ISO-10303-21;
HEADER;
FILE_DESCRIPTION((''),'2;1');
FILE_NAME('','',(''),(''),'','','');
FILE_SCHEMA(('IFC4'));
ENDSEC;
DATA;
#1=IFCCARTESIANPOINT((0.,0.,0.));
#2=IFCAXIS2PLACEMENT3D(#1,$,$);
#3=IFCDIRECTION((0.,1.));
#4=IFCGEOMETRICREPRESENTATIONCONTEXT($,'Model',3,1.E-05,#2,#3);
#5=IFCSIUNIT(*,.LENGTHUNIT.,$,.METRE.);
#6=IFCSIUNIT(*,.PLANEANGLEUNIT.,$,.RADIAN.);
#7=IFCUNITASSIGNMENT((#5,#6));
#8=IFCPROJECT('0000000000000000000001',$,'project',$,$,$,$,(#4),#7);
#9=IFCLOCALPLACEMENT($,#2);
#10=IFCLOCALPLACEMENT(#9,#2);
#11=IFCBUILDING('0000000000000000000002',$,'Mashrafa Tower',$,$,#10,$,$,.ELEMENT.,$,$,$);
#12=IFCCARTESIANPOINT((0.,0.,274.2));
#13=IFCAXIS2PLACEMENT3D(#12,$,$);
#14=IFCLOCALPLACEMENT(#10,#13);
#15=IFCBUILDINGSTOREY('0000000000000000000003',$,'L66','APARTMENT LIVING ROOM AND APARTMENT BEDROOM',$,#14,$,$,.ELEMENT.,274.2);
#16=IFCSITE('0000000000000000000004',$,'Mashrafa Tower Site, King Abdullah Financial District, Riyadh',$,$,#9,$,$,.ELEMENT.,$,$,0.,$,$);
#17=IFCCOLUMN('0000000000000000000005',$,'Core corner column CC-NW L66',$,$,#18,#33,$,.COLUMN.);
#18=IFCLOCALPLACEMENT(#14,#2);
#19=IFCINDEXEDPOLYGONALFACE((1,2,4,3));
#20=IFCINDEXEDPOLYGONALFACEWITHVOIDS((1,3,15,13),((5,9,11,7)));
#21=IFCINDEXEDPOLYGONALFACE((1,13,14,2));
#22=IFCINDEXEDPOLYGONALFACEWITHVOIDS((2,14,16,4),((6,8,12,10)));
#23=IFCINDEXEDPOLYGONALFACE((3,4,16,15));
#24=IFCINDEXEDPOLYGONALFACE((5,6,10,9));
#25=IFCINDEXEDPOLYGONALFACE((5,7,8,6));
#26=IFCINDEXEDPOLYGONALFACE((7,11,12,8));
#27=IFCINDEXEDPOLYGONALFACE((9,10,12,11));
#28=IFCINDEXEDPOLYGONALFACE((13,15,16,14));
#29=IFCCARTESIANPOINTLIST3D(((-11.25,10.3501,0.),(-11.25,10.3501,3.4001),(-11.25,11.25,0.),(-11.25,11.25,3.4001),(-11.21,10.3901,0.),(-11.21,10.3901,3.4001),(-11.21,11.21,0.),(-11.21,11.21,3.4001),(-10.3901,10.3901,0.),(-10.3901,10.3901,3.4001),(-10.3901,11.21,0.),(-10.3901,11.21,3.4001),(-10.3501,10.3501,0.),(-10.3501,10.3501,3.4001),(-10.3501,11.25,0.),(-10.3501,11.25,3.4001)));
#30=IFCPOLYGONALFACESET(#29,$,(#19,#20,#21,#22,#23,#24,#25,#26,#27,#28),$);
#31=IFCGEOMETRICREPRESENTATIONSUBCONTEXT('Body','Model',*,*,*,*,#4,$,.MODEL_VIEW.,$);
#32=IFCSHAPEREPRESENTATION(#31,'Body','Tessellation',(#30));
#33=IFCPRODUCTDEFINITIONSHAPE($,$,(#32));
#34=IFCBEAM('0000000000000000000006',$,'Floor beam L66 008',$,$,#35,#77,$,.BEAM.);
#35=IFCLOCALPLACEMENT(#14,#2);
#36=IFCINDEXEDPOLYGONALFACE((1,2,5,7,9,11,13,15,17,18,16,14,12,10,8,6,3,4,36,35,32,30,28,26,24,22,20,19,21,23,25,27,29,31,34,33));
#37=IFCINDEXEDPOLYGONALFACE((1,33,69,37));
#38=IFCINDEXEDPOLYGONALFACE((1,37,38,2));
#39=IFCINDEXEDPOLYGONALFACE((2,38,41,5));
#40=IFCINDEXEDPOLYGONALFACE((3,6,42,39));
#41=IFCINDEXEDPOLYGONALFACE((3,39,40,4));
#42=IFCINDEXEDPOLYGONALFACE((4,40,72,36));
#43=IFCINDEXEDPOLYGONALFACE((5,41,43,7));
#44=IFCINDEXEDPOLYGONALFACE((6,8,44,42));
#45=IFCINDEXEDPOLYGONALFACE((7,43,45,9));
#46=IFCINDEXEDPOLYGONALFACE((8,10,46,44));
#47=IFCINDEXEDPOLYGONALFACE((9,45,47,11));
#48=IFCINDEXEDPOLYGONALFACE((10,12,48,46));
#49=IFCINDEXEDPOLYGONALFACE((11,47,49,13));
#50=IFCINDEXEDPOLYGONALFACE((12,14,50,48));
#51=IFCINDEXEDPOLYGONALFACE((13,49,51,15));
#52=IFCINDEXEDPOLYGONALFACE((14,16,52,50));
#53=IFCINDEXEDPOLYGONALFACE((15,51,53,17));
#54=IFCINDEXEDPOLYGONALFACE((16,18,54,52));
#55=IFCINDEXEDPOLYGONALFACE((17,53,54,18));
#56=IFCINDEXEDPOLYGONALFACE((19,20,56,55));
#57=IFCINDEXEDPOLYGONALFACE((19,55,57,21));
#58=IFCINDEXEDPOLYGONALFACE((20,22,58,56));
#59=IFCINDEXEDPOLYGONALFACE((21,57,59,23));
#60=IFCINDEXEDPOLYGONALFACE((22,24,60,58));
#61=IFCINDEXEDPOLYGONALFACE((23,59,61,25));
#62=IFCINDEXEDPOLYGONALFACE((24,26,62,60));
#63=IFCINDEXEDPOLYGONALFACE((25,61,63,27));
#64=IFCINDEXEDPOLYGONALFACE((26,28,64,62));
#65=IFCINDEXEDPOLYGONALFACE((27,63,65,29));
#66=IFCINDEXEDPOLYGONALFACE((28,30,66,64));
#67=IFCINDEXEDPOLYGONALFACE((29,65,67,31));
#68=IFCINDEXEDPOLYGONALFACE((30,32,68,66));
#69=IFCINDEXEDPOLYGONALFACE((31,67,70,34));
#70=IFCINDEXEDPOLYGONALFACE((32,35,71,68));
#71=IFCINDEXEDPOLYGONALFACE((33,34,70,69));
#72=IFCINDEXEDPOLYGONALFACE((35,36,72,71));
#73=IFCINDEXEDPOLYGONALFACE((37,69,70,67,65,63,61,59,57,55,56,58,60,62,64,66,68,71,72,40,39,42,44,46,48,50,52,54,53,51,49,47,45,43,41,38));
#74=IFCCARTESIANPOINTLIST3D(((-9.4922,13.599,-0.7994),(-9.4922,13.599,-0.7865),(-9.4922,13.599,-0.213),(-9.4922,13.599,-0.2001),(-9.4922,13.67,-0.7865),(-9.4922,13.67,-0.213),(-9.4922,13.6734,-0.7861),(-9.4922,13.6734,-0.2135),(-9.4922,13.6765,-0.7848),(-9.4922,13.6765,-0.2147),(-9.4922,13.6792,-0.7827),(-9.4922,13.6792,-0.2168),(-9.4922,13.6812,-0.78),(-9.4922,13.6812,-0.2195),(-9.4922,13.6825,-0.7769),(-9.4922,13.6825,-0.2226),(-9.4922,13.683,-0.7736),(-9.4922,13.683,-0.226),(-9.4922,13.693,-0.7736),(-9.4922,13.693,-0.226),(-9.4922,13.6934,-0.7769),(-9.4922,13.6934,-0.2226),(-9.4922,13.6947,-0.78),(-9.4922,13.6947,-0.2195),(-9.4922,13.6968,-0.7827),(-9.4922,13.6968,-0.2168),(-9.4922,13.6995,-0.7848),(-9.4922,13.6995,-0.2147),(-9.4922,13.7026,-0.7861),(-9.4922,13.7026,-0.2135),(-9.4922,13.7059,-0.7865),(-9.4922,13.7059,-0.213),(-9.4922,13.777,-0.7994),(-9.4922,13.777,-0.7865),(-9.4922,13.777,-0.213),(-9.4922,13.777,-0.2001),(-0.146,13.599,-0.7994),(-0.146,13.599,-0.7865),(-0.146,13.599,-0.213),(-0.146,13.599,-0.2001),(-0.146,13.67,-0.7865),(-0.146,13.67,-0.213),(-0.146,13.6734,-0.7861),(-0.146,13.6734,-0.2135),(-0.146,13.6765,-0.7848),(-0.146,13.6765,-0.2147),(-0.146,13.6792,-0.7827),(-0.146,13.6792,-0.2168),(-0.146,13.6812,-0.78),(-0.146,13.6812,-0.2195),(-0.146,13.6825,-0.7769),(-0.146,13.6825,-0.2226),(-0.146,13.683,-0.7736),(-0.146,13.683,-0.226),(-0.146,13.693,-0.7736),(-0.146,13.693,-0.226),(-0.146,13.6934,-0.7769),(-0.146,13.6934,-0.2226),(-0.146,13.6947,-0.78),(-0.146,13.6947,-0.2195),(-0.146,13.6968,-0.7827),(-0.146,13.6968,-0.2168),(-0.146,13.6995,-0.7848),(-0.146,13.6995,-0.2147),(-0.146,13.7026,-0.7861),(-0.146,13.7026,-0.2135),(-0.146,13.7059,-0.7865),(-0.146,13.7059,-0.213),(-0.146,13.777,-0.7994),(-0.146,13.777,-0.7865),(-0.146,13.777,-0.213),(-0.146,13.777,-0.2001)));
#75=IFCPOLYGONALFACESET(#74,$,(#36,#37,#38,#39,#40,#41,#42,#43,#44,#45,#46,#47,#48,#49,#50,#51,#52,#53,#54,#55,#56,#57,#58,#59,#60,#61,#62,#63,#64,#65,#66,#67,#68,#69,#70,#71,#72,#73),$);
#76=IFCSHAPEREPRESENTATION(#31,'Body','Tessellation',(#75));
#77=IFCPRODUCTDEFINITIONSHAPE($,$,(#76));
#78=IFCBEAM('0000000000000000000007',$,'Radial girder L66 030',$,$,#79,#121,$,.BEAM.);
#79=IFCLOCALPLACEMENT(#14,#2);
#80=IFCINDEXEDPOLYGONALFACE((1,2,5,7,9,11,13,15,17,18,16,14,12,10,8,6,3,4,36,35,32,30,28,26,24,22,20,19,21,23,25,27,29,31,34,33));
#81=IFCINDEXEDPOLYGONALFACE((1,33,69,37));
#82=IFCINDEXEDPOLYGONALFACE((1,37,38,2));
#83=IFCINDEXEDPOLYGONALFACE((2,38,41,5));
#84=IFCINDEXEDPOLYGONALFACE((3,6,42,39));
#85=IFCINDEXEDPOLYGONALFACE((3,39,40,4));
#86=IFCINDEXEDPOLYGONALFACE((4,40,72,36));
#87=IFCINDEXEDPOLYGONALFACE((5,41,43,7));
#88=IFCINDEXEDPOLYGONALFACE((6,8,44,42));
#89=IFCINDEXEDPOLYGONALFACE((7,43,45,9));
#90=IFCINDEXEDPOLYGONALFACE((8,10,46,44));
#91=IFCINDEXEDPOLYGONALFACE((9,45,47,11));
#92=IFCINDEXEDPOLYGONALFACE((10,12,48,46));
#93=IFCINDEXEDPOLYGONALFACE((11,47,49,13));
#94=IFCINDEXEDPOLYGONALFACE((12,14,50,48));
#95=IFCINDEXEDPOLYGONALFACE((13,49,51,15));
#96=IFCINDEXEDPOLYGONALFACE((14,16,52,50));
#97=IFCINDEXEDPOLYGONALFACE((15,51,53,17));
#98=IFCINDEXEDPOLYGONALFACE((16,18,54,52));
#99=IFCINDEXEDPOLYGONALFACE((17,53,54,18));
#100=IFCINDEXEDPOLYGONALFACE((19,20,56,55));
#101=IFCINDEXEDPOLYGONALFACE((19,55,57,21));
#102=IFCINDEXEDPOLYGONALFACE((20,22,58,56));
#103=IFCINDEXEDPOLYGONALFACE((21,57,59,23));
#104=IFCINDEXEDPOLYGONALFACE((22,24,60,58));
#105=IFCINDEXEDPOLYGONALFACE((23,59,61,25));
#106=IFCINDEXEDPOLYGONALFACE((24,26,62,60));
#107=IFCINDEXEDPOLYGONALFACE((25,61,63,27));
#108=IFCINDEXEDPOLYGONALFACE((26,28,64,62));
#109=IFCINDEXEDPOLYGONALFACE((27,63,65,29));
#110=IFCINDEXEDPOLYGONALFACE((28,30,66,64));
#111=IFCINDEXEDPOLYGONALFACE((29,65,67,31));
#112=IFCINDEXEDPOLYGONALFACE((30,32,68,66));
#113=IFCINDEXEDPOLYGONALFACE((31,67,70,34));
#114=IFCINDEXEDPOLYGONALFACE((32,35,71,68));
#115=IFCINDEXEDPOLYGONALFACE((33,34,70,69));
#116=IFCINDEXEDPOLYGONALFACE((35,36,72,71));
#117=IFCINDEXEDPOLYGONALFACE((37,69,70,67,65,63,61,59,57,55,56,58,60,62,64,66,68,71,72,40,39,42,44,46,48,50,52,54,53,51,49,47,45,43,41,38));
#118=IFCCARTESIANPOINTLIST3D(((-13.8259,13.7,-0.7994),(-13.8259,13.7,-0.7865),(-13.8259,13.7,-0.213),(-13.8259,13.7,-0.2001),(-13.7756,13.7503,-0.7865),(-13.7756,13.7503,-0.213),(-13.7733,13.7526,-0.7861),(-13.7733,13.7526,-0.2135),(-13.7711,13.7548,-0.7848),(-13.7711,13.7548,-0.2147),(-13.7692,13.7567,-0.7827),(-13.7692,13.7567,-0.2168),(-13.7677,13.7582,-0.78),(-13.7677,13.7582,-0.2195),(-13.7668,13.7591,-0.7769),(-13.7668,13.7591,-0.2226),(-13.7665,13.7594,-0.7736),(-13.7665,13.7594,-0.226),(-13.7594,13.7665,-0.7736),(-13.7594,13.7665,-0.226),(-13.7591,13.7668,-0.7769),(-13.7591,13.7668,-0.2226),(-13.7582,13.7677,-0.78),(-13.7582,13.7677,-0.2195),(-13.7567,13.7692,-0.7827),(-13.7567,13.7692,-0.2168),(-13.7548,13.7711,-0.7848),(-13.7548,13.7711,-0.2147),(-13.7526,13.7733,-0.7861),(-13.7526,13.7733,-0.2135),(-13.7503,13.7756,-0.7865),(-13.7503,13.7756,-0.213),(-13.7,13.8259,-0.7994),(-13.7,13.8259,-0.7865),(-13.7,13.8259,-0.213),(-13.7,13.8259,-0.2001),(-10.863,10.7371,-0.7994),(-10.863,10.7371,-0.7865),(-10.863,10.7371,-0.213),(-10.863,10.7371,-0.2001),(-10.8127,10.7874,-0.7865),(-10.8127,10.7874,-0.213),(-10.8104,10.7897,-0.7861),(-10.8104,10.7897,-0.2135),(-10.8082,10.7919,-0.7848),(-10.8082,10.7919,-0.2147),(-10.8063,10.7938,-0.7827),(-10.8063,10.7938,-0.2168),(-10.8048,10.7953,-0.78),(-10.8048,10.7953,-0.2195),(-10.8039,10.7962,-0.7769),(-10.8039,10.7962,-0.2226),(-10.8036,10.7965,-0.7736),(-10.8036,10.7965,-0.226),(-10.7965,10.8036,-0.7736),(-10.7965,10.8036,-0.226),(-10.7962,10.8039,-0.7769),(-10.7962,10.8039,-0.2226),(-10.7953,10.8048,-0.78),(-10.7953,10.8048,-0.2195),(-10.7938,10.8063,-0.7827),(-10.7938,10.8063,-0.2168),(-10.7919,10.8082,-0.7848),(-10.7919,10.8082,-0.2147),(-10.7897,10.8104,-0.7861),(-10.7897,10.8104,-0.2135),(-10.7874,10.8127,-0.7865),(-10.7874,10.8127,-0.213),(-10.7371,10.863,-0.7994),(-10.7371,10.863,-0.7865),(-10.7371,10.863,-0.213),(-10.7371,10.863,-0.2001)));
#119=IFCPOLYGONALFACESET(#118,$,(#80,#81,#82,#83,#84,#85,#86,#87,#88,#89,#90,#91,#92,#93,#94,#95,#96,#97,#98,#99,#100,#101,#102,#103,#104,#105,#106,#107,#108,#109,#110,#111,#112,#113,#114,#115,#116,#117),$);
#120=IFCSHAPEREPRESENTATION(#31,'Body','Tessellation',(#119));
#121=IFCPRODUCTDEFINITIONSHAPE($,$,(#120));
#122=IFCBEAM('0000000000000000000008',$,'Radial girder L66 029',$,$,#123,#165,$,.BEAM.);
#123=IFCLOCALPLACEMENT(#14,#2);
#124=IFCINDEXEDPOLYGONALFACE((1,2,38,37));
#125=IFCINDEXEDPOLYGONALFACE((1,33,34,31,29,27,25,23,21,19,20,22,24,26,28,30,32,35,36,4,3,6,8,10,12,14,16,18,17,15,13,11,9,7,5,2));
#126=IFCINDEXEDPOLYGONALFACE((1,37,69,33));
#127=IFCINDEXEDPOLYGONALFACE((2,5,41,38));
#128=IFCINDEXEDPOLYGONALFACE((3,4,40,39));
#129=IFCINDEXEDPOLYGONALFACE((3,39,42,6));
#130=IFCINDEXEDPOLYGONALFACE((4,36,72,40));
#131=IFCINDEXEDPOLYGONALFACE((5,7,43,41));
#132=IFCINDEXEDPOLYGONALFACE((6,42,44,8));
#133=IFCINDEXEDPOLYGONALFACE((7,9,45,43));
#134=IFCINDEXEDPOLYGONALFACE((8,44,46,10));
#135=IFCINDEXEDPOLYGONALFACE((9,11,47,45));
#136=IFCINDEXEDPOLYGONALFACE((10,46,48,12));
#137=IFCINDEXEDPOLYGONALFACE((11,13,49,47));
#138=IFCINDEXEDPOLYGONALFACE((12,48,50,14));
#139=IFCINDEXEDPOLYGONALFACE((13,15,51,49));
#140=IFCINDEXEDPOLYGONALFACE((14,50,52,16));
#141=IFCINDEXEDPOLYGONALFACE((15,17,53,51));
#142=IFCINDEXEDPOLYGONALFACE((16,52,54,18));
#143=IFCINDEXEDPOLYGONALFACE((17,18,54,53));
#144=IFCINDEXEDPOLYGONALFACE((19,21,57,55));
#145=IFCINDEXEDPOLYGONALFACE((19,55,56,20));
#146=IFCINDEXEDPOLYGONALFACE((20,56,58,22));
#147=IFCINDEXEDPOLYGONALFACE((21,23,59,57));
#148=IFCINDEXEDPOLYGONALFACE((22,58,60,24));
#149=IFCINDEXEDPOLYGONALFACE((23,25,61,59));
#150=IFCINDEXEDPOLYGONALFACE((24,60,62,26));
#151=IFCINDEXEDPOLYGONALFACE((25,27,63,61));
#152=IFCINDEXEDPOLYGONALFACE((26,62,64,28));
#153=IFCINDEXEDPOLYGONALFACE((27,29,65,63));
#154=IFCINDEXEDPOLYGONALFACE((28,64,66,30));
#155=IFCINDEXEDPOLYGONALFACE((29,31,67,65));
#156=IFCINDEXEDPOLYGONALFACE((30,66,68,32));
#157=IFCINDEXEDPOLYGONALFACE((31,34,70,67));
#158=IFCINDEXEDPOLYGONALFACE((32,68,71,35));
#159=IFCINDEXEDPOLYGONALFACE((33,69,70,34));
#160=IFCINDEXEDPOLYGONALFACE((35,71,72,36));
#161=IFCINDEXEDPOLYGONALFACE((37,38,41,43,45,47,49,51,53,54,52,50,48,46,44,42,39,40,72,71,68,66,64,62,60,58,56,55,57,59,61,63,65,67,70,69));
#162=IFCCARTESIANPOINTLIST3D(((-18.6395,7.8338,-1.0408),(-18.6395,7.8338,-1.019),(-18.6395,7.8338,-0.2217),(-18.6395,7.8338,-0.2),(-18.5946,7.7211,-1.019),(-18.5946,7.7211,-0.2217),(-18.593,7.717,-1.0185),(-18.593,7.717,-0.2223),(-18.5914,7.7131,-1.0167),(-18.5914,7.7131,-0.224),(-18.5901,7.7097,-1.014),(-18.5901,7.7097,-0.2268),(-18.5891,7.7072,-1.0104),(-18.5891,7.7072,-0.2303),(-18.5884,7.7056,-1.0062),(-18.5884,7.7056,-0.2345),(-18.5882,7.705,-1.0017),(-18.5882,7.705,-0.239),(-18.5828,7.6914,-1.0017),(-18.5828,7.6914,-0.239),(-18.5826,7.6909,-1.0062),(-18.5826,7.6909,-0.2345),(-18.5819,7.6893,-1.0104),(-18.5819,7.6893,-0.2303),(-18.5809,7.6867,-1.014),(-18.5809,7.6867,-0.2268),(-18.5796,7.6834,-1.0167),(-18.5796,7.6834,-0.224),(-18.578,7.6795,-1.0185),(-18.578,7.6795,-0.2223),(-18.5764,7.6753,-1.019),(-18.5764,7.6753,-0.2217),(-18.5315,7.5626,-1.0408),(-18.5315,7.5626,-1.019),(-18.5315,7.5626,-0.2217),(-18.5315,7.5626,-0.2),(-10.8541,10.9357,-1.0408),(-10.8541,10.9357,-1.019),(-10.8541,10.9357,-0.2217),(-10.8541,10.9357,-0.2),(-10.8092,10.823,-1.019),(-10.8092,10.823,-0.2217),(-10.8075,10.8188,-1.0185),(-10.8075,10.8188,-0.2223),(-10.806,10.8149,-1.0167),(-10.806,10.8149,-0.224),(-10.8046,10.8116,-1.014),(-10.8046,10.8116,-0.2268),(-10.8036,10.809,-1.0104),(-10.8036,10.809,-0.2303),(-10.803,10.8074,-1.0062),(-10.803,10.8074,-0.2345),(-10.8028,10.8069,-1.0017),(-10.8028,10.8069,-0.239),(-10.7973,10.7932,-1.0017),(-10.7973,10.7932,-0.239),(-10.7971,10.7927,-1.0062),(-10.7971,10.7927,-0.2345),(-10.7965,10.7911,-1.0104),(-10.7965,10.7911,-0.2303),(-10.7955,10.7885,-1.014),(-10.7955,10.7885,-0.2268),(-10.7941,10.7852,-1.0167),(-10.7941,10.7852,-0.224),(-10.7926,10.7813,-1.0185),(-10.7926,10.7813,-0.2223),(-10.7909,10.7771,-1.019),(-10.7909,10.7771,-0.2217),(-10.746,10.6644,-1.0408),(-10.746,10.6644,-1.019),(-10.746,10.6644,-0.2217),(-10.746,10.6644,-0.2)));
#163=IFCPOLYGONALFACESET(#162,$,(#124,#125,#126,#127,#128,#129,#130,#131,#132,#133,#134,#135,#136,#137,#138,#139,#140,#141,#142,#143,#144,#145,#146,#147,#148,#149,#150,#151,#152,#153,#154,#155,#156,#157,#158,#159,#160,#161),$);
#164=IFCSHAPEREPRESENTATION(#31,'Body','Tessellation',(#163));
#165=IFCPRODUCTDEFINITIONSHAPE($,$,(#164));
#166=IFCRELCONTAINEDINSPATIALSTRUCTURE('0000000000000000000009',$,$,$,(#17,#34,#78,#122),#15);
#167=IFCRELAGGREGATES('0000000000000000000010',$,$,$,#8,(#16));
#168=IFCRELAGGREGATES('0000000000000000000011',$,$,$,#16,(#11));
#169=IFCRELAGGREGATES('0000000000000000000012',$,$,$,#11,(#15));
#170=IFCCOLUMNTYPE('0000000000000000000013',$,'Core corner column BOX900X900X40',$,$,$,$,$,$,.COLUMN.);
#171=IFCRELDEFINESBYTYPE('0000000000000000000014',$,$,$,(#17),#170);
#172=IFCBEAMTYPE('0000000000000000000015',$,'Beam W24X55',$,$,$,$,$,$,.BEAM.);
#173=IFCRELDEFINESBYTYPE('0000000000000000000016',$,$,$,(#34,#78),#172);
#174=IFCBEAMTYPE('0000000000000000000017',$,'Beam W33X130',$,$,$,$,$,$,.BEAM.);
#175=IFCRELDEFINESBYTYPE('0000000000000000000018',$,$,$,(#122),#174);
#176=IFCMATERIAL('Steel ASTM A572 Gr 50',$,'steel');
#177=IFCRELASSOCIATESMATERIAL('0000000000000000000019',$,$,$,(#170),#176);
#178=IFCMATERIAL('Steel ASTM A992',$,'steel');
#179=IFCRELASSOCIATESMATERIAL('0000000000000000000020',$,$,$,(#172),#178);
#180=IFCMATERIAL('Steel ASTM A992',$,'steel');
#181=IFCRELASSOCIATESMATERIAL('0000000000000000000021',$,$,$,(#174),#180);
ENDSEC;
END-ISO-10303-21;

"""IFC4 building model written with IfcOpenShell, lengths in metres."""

from ifc_helpers import new_model, si_unit, direction, frame, origin, origin_2d, place, context, subcontext, project, spatial, hollow_rectangle, i_section, extrude, material, material_profile, profile_set, type_object, element, save


model = new_model("IFC4")

# Units and contexts
model_context = context("Model", 3, precision=1e-05, world=origin(), true_north=direction((0.0, 1.0)))
body_context = subcontext(model_context, "Body", "Model", "MODEL_VIEW")
ifc_project = project(units=[si_unit("LENGTHUNIT", "METRE"), si_unit("PLANEANGLEUNIT", "RADIAN")], contexts=[model_context])

# Site, building, storey
site_placement = place(None, origin())
site = spatial("IfcSite", under=ifc_project, at=site_placement, Name="Mashrafa Tower Site, King Abdullah Financial District, Riyadh", CompositionType="ELEMENT", RefElevation=0.0)
building_placement = place(site_placement, origin())
building = spatial("IfcBuilding", under=site, at=building_placement, Name="Mashrafa Tower", CompositionType="ELEMENT")
storey_placement = place(building_placement, frame((0.0, 0.0, 274.2)))
storey = spatial("IfcBuildingStorey", under=building, at=storey_placement, Name="L66", Description="APARTMENT LIVING ROOM AND APARTMENT BEDROOM", CompositionType="ELEMENT", Elevation=274.2)

# Column
ifc_material_1 = material(Name="Steel ASTM A572 Gr 50", Category="steel")
ifc_material_profile_1 = material_profile(ifc_material_1, hollow_rectangle(XDim=0.8999, YDim=0.8999, WallThickness=0.04, at=origin_2d()), Name="BOX900X900X40")
ifc_profile_set_1 = profile_set([ifc_material_profile_1], Name="Steel ASTM A572 Gr 50")
column_type = type_object("IfcColumnType", Name="Core corner column BOX900X900X40", PredefinedType="COLUMN", material=ifc_profile_set_1)
column_placement = place(storey_placement, frame((-10.8, 10.8, 0.0), z_axis=(0.0, 0.0, 1.0), x_axis=(1.0, 0.0, 0.0)))
element("IfcColumn", 1, at=column_placement, inside=storey, type_object=column_type, Name="Core corner column CC-NW L66", PredefinedType="COLUMN", context=body_context, shape_type="SweptSolid", body=[
    extrude(hollow_rectangle(XDim=0.8999, YDim=0.8999, WallThickness=0.04, at=origin_2d()), origin(), (0.0, 0.0, 1.0), 3.4001),
])

# Beams
ifc_material_2 = material(Name="Steel ASTM A992", Category="steel")
ifc_material_profile_2 = material_profile(ifc_material_2, i_section(OverallWidth=0.178, OverallDepth=0.5994, WebThickness=0.01, FlangeThickness=0.0129, FilletRadius=0.0129, at=origin_2d()), Name="W24X55")
ifc_profile_set_2 = profile_set([ifc_material_profile_2], Name="Steel ASTM A992")
beam_type_1 = type_object("IfcBeamType", Name="Beam W24X55", PredefinedType="BEAM", material=ifc_profile_set_2)
beam_1_placement = place(storey_placement, frame((-9.4922, 13.688, -0.4998), z_axis=(1.0, 0.0, 0.0), x_axis=(0.0, 1.0, 0.0)))
element("IfcBeam", 2, at=beam_1_placement, inside=storey, type_object=beam_type_1, Name="Floor beam L66 008", PredefinedType="BEAM", context=body_context, shape_type="SweptSolid", body=[
    extrude(i_section(OverallWidth=0.178, OverallDepth=0.5994, WebThickness=0.01, FlangeThickness=0.0129, FilletRadius=0.0129, at=origin_2d()), origin(), (0.0, 0.0, 1.0), 9.3462),
])
beam_2_placement = place(storey_placement, frame((-10.8, 10.8, -0.4998), z_axis=(-0.707107, 0.707107, 0.0), x_axis=(-0.707107, -0.707107, 0.0)))
element("IfcBeam", 3, at=beam_2_placement, inside=storey, type_object=beam_type_1, Name="Radial girder L66 030", PredefinedType="BEAM", context=body_context, shape_type="SweptSolid", body=[
    extrude(i_section(OverallWidth=0.178, OverallDepth=0.5994, WebThickness=0.01, FlangeThickness=0.0129, FilletRadius=0.0129, at=origin_2d()), origin(), (0.0, 0.0, 1.0), 4.1902),
])
ifc_material_3 = material(Name="Steel ASTM A992", Category="steel")
ifc_material_profile_3 = material_profile(ifc_material_3, i_section(OverallWidth=0.292, OverallDepth=0.8408, WebThickness=0.0146, FlangeThickness=0.0217, FilletRadius=0.0173, at=origin_2d()), Name="W33X130")
ifc_profile_set_3 = profile_set([ifc_material_profile_3], Name="Steel ASTM A992")
beam_type_2 = type_object("IfcBeamType", Name="Beam W33X130", PredefinedType="BEAM", material=ifc_profile_set_3)
for number, where, z_axis, x_axis, name in (
    (4, (-10.8, 10.8, -0.6204), (-0.928984, -0.37012, 0.0), (0.37012, -0.928984, 0.0), "Radial girder L66 029"),
):
    element("IfcBeam", number, at=place(storey_placement, frame(where, z_axis=z_axis, x_axis=x_axis)), inside=storey, type_object=beam_type_2, Name=name, PredefinedType="BEAM", context=body_context, shape_type="SweptSolid", body=[
        extrude(i_section(OverallWidth=0.292, OverallDepth=0.8408, WebThickness=0.0146, FlangeThickness=0.0217, FilletRadius=0.0173, at=origin_2d()), origin(), (0.0, 0.0, 1.0), 8.3806),
    ])

save(model, "model.ifc")
